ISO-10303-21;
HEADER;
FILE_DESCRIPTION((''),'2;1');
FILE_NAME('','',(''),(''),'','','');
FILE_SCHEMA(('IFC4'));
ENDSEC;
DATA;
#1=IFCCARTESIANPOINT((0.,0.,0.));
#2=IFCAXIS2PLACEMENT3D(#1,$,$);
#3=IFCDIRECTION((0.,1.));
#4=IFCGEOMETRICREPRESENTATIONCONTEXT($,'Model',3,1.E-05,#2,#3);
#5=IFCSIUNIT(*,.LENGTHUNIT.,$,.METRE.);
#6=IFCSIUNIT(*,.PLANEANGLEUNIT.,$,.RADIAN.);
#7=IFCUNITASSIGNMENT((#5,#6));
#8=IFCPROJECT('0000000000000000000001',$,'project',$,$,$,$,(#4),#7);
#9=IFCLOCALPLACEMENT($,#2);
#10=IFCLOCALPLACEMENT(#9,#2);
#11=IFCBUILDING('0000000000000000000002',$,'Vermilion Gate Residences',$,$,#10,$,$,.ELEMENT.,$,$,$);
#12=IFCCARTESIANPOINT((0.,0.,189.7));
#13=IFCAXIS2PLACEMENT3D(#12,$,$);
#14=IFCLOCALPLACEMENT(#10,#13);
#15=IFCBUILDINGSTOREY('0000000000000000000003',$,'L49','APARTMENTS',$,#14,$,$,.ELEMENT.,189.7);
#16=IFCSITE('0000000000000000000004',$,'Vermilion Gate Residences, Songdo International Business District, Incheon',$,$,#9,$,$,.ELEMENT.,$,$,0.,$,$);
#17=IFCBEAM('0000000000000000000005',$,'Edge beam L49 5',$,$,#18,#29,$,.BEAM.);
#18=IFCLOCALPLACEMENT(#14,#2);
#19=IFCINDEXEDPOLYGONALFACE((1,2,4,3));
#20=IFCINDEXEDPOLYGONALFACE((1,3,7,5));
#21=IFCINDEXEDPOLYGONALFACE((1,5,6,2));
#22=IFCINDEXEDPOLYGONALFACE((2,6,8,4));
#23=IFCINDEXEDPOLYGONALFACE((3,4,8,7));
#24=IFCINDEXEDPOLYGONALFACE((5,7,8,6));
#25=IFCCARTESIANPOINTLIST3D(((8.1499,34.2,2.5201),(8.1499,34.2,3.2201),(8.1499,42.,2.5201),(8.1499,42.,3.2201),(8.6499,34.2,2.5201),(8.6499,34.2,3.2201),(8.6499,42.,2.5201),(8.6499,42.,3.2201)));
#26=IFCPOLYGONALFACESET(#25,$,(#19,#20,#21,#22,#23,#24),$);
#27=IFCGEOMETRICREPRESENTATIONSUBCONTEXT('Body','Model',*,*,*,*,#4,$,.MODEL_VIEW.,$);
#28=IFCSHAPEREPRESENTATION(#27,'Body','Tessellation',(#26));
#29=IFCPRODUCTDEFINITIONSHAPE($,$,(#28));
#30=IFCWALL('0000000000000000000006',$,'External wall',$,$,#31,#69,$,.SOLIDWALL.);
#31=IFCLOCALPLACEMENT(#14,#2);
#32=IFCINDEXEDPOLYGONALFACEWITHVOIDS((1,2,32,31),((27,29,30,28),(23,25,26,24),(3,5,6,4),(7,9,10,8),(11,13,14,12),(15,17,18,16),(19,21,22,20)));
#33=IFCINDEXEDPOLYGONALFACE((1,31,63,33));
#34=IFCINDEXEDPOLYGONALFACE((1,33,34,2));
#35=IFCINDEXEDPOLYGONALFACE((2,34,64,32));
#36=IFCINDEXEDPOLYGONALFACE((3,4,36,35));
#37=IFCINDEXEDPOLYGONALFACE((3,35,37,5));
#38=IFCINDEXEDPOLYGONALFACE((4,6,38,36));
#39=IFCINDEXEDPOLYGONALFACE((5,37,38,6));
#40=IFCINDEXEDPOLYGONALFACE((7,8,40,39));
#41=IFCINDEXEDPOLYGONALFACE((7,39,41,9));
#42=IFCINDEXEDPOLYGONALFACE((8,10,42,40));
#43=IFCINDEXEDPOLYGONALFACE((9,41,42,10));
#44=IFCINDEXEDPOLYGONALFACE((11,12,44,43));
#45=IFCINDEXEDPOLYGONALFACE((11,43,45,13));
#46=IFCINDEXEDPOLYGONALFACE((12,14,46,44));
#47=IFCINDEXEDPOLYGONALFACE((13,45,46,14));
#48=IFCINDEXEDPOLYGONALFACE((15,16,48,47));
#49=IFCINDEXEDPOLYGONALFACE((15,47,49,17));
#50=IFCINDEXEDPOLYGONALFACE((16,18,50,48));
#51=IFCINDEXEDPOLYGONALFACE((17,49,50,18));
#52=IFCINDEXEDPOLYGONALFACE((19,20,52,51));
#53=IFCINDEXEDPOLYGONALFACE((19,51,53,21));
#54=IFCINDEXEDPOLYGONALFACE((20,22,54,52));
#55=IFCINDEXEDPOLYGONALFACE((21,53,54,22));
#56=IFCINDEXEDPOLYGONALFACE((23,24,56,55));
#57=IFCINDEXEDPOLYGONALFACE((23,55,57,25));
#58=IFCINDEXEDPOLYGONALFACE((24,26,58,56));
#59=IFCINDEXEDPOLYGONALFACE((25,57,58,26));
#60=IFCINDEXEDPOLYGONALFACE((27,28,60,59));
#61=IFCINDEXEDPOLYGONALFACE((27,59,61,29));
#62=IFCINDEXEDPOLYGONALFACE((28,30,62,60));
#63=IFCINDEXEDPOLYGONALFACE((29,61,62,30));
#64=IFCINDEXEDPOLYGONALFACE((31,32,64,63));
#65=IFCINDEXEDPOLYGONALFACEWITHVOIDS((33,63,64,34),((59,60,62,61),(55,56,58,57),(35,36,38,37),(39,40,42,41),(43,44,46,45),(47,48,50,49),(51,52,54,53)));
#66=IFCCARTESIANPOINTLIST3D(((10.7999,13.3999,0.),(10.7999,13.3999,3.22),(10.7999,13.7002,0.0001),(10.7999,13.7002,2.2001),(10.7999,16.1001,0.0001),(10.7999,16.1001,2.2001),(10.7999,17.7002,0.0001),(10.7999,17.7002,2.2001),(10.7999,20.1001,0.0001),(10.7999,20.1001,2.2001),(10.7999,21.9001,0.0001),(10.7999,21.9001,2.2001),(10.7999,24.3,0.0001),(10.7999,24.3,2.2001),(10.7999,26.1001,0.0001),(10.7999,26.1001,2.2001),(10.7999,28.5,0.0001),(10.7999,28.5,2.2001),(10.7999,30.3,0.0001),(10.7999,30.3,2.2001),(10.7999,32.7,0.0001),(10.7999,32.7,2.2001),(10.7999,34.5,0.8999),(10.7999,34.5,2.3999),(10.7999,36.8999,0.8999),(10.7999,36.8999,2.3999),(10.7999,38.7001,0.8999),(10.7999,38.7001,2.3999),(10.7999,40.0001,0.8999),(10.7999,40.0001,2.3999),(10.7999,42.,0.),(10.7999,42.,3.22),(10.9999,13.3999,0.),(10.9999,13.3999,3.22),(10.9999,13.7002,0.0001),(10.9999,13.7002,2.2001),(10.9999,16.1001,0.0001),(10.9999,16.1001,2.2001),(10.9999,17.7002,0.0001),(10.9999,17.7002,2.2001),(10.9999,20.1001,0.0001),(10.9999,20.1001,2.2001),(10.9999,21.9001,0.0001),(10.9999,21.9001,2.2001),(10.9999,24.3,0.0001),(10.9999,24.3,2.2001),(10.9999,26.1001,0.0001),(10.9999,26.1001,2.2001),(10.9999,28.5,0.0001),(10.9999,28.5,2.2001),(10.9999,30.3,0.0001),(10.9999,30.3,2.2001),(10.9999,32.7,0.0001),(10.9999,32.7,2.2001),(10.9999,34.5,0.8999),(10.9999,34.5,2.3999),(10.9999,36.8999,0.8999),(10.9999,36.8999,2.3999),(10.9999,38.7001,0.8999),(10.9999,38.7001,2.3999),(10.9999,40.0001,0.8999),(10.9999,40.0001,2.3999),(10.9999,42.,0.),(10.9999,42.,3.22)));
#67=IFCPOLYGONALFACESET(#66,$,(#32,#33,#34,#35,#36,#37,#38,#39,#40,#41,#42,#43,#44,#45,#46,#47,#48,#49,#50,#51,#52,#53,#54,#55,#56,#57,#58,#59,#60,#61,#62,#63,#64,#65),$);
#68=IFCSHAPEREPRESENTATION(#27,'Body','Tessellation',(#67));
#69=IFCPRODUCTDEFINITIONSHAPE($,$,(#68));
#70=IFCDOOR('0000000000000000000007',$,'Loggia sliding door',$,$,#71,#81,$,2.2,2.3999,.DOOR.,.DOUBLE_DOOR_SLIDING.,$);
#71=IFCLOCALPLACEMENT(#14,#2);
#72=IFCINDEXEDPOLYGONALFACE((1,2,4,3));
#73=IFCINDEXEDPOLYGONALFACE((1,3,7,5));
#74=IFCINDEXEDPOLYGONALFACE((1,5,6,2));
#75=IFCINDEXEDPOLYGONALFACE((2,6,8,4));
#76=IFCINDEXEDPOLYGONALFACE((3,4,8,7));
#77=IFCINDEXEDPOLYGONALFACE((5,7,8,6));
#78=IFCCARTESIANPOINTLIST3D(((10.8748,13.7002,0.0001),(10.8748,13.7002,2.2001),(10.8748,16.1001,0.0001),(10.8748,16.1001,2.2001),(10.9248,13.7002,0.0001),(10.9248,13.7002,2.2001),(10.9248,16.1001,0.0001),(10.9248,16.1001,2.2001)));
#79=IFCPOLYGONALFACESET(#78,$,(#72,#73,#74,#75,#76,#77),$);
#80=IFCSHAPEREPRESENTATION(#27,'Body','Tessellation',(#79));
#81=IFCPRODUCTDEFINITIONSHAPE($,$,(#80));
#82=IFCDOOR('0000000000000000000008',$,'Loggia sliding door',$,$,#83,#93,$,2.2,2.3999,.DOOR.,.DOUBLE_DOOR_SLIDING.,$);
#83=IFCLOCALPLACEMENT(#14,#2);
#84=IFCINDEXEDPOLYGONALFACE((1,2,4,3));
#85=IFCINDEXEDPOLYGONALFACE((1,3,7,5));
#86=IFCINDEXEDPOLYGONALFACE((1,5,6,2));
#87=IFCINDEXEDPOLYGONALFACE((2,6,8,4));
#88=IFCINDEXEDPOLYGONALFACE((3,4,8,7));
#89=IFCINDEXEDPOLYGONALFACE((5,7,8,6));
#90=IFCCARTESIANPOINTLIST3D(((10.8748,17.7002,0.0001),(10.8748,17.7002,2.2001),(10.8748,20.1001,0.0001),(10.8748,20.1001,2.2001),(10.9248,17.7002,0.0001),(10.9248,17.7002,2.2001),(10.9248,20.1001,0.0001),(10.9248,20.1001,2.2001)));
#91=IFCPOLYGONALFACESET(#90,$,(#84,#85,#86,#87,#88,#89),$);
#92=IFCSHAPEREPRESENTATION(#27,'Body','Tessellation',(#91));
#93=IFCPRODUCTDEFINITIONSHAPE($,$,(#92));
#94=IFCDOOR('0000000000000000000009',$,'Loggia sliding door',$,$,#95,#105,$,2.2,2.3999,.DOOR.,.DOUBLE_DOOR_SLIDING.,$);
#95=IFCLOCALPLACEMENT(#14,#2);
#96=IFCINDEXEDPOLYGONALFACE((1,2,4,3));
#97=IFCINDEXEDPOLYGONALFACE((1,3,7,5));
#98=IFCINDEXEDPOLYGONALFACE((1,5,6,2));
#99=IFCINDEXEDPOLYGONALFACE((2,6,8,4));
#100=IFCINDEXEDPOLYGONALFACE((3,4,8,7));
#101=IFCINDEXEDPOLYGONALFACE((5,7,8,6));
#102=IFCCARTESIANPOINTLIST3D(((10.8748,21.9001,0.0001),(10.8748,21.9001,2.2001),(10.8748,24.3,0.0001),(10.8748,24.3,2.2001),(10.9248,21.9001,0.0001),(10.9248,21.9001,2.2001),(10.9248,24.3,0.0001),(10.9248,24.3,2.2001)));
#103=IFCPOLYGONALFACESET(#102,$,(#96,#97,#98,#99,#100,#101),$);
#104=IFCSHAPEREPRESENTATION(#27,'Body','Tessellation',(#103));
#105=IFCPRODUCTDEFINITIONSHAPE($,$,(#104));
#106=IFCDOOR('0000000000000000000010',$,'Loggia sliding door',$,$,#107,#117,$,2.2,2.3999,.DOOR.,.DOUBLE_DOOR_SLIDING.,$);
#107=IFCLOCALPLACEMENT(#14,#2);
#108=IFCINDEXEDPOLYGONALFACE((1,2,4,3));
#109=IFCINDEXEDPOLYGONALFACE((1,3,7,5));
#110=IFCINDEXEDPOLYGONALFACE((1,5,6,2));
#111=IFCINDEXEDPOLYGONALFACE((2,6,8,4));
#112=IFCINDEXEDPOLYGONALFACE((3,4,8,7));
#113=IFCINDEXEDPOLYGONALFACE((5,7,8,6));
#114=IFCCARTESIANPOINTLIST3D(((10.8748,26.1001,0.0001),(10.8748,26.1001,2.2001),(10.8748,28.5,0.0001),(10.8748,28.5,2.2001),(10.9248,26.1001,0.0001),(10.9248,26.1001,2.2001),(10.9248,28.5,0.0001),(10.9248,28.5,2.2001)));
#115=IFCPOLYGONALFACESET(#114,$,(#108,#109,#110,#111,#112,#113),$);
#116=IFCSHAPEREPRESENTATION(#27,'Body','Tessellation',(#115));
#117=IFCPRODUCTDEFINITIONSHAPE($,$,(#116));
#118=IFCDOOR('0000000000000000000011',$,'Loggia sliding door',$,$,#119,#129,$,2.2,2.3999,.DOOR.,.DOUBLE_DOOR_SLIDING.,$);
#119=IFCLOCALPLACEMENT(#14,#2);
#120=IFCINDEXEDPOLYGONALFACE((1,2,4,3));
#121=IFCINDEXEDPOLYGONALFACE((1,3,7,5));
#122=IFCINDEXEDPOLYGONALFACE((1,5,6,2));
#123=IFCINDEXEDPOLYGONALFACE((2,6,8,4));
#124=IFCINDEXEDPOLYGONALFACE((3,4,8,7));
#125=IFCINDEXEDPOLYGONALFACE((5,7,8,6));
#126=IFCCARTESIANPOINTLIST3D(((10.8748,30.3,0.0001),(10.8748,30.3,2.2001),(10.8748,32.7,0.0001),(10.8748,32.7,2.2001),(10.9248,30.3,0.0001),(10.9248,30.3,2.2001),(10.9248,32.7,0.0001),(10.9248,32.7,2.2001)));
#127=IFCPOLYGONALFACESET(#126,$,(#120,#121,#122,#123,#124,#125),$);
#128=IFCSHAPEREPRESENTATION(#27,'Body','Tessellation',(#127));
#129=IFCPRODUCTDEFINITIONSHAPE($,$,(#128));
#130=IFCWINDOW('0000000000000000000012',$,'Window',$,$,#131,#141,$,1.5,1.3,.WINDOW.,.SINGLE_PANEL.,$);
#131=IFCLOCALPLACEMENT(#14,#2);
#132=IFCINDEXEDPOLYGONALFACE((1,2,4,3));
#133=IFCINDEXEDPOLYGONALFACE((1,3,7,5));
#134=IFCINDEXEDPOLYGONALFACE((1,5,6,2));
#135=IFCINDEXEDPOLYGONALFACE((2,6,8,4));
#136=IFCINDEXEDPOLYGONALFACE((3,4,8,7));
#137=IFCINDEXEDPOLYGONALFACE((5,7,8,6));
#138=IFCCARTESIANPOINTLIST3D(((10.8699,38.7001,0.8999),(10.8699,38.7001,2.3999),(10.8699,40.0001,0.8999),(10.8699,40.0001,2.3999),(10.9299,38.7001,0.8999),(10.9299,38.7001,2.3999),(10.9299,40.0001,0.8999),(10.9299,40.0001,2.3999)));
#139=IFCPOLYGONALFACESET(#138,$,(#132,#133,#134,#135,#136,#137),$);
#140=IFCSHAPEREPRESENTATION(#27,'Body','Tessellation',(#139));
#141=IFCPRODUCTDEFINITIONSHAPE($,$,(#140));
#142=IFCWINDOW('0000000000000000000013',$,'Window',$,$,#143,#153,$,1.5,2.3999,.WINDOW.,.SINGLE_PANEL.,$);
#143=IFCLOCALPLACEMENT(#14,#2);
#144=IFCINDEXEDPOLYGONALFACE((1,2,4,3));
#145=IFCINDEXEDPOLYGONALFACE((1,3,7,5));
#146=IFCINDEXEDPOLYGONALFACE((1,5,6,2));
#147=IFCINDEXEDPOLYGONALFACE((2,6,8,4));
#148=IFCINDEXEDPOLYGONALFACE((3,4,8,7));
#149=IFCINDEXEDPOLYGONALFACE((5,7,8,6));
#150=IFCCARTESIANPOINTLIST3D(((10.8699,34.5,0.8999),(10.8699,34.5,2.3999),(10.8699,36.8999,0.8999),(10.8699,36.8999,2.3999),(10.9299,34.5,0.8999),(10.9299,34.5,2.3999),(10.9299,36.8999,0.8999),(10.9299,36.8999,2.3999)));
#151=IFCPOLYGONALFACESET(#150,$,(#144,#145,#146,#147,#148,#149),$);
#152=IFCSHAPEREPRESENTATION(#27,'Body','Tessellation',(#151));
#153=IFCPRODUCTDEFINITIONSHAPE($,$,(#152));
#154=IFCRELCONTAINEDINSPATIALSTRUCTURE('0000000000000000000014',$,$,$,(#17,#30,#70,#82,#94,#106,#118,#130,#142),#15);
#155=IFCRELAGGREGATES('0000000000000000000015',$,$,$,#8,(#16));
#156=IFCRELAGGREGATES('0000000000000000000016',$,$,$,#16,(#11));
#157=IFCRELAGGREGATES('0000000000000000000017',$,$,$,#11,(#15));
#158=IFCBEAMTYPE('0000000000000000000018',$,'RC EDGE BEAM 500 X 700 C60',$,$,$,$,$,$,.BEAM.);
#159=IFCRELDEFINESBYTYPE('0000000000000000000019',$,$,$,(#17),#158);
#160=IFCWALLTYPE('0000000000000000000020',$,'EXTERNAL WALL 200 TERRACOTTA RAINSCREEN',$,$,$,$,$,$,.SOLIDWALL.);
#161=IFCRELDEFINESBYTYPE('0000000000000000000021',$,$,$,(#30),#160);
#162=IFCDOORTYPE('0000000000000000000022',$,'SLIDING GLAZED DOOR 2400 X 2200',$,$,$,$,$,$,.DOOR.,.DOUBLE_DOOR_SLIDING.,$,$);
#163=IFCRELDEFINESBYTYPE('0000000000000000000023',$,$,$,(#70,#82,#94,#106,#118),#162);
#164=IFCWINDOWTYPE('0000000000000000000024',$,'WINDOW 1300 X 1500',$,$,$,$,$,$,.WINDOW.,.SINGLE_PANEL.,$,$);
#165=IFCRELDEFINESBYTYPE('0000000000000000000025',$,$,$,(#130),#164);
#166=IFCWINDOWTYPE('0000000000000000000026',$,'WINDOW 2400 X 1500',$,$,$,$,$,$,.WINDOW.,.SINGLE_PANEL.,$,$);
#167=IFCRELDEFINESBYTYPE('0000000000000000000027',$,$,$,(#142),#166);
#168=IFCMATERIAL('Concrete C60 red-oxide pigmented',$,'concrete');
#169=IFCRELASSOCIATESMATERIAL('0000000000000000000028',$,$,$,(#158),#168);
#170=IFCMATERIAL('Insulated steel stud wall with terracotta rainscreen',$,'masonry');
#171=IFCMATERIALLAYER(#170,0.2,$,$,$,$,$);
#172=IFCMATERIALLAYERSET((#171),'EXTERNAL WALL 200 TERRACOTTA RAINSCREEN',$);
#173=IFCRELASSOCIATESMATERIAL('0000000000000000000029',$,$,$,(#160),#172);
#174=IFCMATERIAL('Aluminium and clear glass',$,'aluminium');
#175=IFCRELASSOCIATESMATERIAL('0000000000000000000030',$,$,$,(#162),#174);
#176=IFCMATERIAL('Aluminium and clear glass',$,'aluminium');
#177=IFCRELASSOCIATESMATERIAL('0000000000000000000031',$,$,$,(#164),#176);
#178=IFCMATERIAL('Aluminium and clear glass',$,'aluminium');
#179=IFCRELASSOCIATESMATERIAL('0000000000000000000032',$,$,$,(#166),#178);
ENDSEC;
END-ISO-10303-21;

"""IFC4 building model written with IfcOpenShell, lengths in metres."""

from ifc_helpers import new_model, si_unit, direction, frame, frame_2d, origin, origin_2d, place, context, subcontext, project, spatial, rectangle, extrude, material, layer, layer_set, material_profile, profile_set, type_object, element, fill, save


model = new_model("IFC4")

# Units and contexts
model_context = context("Model", 3, precision=1e-05, world=origin(), true_north=direction((0.0, 1.0)))
body_context = subcontext(model_context, "Body", "Model", "MODEL_VIEW")
ifc_project = project(units=[si_unit("LENGTHUNIT", "METRE"), si_unit("PLANEANGLEUNIT", "RADIAN")], contexts=[model_context])

# Site, building, storey
site_placement = place(None, origin())
site = spatial("IfcSite", under=ifc_project, at=site_placement, Name="Vermilion Gate Residences, Songdo International Business District, Incheon", CompositionType="ELEMENT", RefElevation=0.0)
building_placement = place(site_placement, origin())
building = spatial("IfcBuilding", under=site, at=building_placement, Name="Vermilion Gate Residences", CompositionType="ELEMENT")
storey_placement = place(building_placement, frame((0.0, 0.0, 189.7)))
storey = spatial("IfcBuildingStorey", under=building, at=storey_placement, Name="L49", Description="APARTMENTS", CompositionType="ELEMENT", Elevation=189.7)

# Beam
ifc_material_1 = material(Name="Concrete C60 red-oxide pigmented", Category="concrete")
ifc_material_profile_1 = material_profile(ifc_material_1, rectangle(XDim=0.5, YDim=0.7, at=origin_2d()), Name="RC-500x700")
ifc_profile_set_1 = profile_set([ifc_material_profile_1], Name="Concrete C60 red-oxide pigmented")
beam_type = type_object("IfcBeamType", Name="RC EDGE BEAM 500 X 700 C60", PredefinedType="BEAM", material=ifc_profile_set_1)
beam_placement = place(storey_placement, frame((8.3999, 34.2, 2.8701), z_axis=(0.0, 1.0, 0.0), x_axis=(-1.0, 0.0, 0.0)))
element("IfcBeam", 1, at=beam_placement, inside=storey, type_object=beam_type, Name="Edge beam L49 5", PredefinedType="BEAM", context=body_context, shape_type="SweptSolid", body=[
    extrude(rectangle(XDim=0.5, YDim=0.7, at=origin_2d()), origin(), (0.0, 0.0, 1.0), 7.8),
])

# Wall, openings, doors, windows
ifc_material_2 = material(Name="Insulated steel stud wall with terracotta rainscreen", Category="masonry")
ifc_layer_1 = layer(ifc_material_2, 0.2)
ifc_layer_set_1 = layer_set([ifc_layer_1], Name="EXTERNAL WALL 200 TERRACOTTA RAINSCREEN")
wall_type_1 = type_object("IfcWallType", Name="EXTERNAL WALL 200 TERRACOTTA RAINSCREEN", PredefinedType="SOLIDWALL", material=ifc_layer_set_1)
wall_1_placement = place(storey_placement, frame((10.8999, 42.0, 0.0), z_axis=(0.0, 0.0, 1.0), x_axis=(0.0, -1.0, 0.0)))
wall_1 = element("IfcWall", 2, at=wall_1_placement, inside=storey, type_object=wall_type_1, Name="External wall", PredefinedType="SOLIDWALL", context=body_context, shape_type="SweptSolid", body=[
    extrude(rectangle(XDim=28.6001, YDim=0.2, at=frame_2d((14.3, 0.0))), origin(), (0.0, 0.0, 1.0), 3.22),
])
opening_1_placement = place(wall_1_placement, frame((25.8999, 0.0, 0.0)))
opening_1 = element("IfcOpeningElement", 3, at=opening_1_placement, cuts=wall_1, PredefinedType="OPENING", context=body_context, shape_type="SweptSolid", body=[
    extrude(rectangle(XDim=2.3999, YDim=2.2, at=frame_2d((1.2, 1.1001))), frame((0.0, 0.1099, 0.0), z_axis=(0.0, -1.0, 0.0), x_axis=(1.0, 0.0, 0.0)), (0.0, 0.0, 1.0), 0.22),
])
opening_2_placement = place(wall_1_placement, frame((21.8999, 0.0, 0.0)))
opening_2 = element("IfcOpeningElement", 4, at=opening_2_placement, cuts=wall_1, PredefinedType="OPENING", context=body_context, shape_type="SweptSolid", body=[
    extrude(rectangle(XDim=2.3999, YDim=2.2, at=frame_2d((1.2, 1.1001))), frame((0.0, 0.1099, 0.0), z_axis=(0.0, -1.0, 0.0), x_axis=(1.0, 0.0, 0.0)), (0.0, 0.0, 1.0), 0.22),
])
opening_3_placement = place(wall_1_placement, frame((17.7, 0.0, 0.0)))
opening_3 = element("IfcOpeningElement", 5, at=opening_3_placement, cuts=wall_1, PredefinedType="OPENING", context=body_context, shape_type="SweptSolid", body=[
    extrude(rectangle(XDim=2.3999, YDim=2.2, at=frame_2d((1.2, 1.1001))), frame((0.0, 0.1099, 0.0), z_axis=(0.0, -1.0, 0.0), x_axis=(1.0, 0.0, 0.0)), (0.0, 0.0, 1.0), 0.22),
])
opening_4_placement = place(wall_1_placement, frame((13.5, 0.0, 0.0)))
opening_4 = element("IfcOpeningElement", 6, at=opening_4_placement, cuts=wall_1, PredefinedType="OPENING", context=body_context, shape_type="SweptSolid", body=[
    extrude(rectangle(XDim=2.3999, YDim=2.2, at=frame_2d((1.2, 1.1001))), frame((0.0, 0.1099, 0.0), z_axis=(0.0, -1.0, 0.0), x_axis=(1.0, 0.0, 0.0)), (0.0, 0.0, 1.0), 0.22),
])
opening_5_placement = place(wall_1_placement, frame((9.3, 0.0, 0.0)))
opening_5 = element("IfcOpeningElement", 7, at=opening_5_placement, cuts=wall_1, PredefinedType="OPENING", context=body_context, shape_type="SweptSolid", body=[
    extrude(rectangle(XDim=2.3999, YDim=2.2, at=frame_2d((1.2, 1.1001))), frame((0.0, 0.1099, 0.0), z_axis=(0.0, -1.0, 0.0), x_axis=(1.0, 0.0, 0.0)), (0.0, 0.0, 1.0), 0.22),
])
opening_6_placement = place(wall_1_placement, frame((5.1001, 0.0, 0.8999)))
opening_6 = element("IfcOpeningElement", 8, at=opening_6_placement, cuts=wall_1, PredefinedType="OPENING", context=body_context, shape_type="SweptSolid", body=[
    extrude(rectangle(XDim=2.3999, YDim=1.5, at=frame_2d((1.2, 0.75))), frame((0.0, 0.1099, 0.0), z_axis=(0.0, -1.0, 0.0), x_axis=(1.0, 0.0, 0.0)), (0.0, 0.0, 1.0), 0.22),
])
opening_7_placement = place(wall_1_placement, frame((2.0, 0.0, 0.8999)))
opening_7 = element("IfcOpeningElement", 9, at=opening_7_placement, cuts=wall_1, PredefinedType="OPENING", context=body_context, shape_type="SweptSolid", body=[
    extrude(rectangle(XDim=1.3, YDim=1.5, at=frame_2d((0.6499, 0.75))), frame((0.0, 0.1099, 0.0), z_axis=(0.0, -1.0, 0.0), x_axis=(1.0, 0.0, 0.0)), (0.0, 0.0, 1.0), 0.22),
])
ifc_material_3 = material(Name="Aluminium and clear glass", Category="aluminium")
door_type_1 = type_object("IfcDoorType", Name="SLIDING GLAZED DOOR 2400 X 2200", OperationType="DOUBLE_DOOR_SLIDING", PredefinedType="DOOR", material=ifc_material_3)
door_1_placement = place(opening_1_placement, origin())
door_1 = element("IfcDoor", 10, at=door_1_placement, inside=storey, type_object=door_type_1, Name="Loggia sliding door", OperationType="DOUBLE_DOOR_SLIDING", OverallHeight=2.2, OverallWidth=2.3999, PredefinedType="DOOR", context=body_context, shape_type="SweptSolid", body=[
    extrude(rectangle(XDim=2.3999, YDim=2.2, at=frame_2d((1.2, 1.1001))), frame((0.0, 0.0249, 0.0), z_axis=(0.0, -1.0, 0.0), x_axis=(1.0, 0.0, 0.0)), (0.0, 0.0, 1.0), 0.05),
])
fill(opening_1, door_1)
door_2_placement = place(opening_2_placement, origin())
door_2 = element("IfcDoor", 11, at=door_2_placement, inside=storey, type_object=door_type_1, Name="Loggia sliding door", OperationType="DOUBLE_DOOR_SLIDING", OverallHeight=2.2, OverallWidth=2.3999, PredefinedType="DOOR", context=body_context, shape_type="SweptSolid", body=[
    extrude(rectangle(XDim=2.3999, YDim=2.2, at=frame_2d((1.2, 1.1001))), frame((0.0, 0.0249, 0.0), z_axis=(0.0, -1.0, 0.0), x_axis=(1.0, 0.0, 0.0)), (0.0, 0.0, 1.0), 0.05),
])
fill(opening_2, door_2)
door_3_placement = place(opening_3_placement, origin())
door_3 = element("IfcDoor", 12, at=door_3_placement, inside=storey, type_object=door_type_1, Name="Loggia sliding door", OperationType="DOUBLE_DOOR_SLIDING", OverallHeight=2.2, OverallWidth=2.3999, PredefinedType="DOOR", context=body_context, shape_type="SweptSolid", body=[
    extrude(rectangle(XDim=2.3999, YDim=2.2, at=frame_2d((1.2, 1.1001))), frame((0.0, 0.0249, 0.0), z_axis=(0.0, -1.0, 0.0), x_axis=(1.0, 0.0, 0.0)), (0.0, 0.0, 1.0), 0.05),
])
fill(opening_3, door_3)
door_4_placement = place(opening_4_placement, origin())
door_4 = element("IfcDoor", 13, at=door_4_placement, inside=storey, type_object=door_type_1, Name="Loggia sliding door", OperationType="DOUBLE_DOOR_SLIDING", OverallHeight=2.2, OverallWidth=2.3999, PredefinedType="DOOR", context=body_context, shape_type="SweptSolid", body=[
    extrude(rectangle(XDim=2.3999, YDim=2.2, at=frame_2d((1.2, 1.1001))), frame((0.0, 0.0249, 0.0), z_axis=(0.0, -1.0, 0.0), x_axis=(1.0, 0.0, 0.0)), (0.0, 0.0, 1.0), 0.05),
])
fill(opening_4, door_4)
door_5_placement = place(opening_5_placement, origin())
door_5 = element("IfcDoor", 14, at=door_5_placement, inside=storey, type_object=door_type_1, Name="Loggia sliding door", OperationType="DOUBLE_DOOR_SLIDING", OverallHeight=2.2, OverallWidth=2.3999, PredefinedType="DOOR", context=body_context, shape_type="SweptSolid", body=[
    extrude(rectangle(XDim=2.3999, YDim=2.2, at=frame_2d((1.2, 1.1001))), frame((0.0, 0.0249, 0.0), z_axis=(0.0, -1.0, 0.0), x_axis=(1.0, 0.0, 0.0)), (0.0, 0.0, 1.0), 0.05),
])
fill(opening_5, door_5)
ifc_material_4 = material(Name="Aluminium and clear glass", Category="aluminium")
window_type_1 = type_object("IfcWindowType", Name="WINDOW 1300 X 1500", PartitioningType="SINGLE_PANEL", PredefinedType="WINDOW", material=ifc_material_4)
window_1_placement = place(opening_7_placement, origin())
window_1 = element("IfcWindow", 15, at=window_1_placement, inside=storey, type_object=window_type_1, Name="Window", OverallHeight=1.5, OverallWidth=1.3, PartitioningType="SINGLE_PANEL", PredefinedType="WINDOW", context=body_context, shape_type="SweptSolid", body=[
    extrude(rectangle(XDim=1.3, YDim=1.5, at=frame_2d((0.6499, 0.75))), frame((0.0, 0.03, 0.0), z_axis=(0.0, -1.0, 0.0), x_axis=(1.0, 0.0, 0.0)), (0.0, 0.0, 1.0), 0.0601),
])
fill(opening_7, window_1)
ifc_material_5 = material(Name="Aluminium and clear glass", Category="aluminium")
window_type_2 = type_object("IfcWindowType", Name="WINDOW 2400 X 1500", PartitioningType="SINGLE_PANEL", PredefinedType="WINDOW", material=ifc_material_5)
window_2_placement = place(opening_6_placement, origin())
window_2 = element("IfcWindow", 16, at=window_2_placement, inside=storey, type_object=window_type_2, Name="Window", OverallHeight=1.5, OverallWidth=2.3999, PartitioningType="SINGLE_PANEL", PredefinedType="WINDOW", context=body_context, shape_type="SweptSolid", body=[
    extrude(rectangle(XDim=2.3999, YDim=1.5, at=frame_2d((1.2, 0.75))), frame((0.0, 0.03, 0.0), z_axis=(0.0, -1.0, 0.0), x_axis=(1.0, 0.0, 0.0)), (0.0, 0.0, 1.0), 0.0601),
])
fill(opening_6, window_2)

save(model, "model.ifc")
